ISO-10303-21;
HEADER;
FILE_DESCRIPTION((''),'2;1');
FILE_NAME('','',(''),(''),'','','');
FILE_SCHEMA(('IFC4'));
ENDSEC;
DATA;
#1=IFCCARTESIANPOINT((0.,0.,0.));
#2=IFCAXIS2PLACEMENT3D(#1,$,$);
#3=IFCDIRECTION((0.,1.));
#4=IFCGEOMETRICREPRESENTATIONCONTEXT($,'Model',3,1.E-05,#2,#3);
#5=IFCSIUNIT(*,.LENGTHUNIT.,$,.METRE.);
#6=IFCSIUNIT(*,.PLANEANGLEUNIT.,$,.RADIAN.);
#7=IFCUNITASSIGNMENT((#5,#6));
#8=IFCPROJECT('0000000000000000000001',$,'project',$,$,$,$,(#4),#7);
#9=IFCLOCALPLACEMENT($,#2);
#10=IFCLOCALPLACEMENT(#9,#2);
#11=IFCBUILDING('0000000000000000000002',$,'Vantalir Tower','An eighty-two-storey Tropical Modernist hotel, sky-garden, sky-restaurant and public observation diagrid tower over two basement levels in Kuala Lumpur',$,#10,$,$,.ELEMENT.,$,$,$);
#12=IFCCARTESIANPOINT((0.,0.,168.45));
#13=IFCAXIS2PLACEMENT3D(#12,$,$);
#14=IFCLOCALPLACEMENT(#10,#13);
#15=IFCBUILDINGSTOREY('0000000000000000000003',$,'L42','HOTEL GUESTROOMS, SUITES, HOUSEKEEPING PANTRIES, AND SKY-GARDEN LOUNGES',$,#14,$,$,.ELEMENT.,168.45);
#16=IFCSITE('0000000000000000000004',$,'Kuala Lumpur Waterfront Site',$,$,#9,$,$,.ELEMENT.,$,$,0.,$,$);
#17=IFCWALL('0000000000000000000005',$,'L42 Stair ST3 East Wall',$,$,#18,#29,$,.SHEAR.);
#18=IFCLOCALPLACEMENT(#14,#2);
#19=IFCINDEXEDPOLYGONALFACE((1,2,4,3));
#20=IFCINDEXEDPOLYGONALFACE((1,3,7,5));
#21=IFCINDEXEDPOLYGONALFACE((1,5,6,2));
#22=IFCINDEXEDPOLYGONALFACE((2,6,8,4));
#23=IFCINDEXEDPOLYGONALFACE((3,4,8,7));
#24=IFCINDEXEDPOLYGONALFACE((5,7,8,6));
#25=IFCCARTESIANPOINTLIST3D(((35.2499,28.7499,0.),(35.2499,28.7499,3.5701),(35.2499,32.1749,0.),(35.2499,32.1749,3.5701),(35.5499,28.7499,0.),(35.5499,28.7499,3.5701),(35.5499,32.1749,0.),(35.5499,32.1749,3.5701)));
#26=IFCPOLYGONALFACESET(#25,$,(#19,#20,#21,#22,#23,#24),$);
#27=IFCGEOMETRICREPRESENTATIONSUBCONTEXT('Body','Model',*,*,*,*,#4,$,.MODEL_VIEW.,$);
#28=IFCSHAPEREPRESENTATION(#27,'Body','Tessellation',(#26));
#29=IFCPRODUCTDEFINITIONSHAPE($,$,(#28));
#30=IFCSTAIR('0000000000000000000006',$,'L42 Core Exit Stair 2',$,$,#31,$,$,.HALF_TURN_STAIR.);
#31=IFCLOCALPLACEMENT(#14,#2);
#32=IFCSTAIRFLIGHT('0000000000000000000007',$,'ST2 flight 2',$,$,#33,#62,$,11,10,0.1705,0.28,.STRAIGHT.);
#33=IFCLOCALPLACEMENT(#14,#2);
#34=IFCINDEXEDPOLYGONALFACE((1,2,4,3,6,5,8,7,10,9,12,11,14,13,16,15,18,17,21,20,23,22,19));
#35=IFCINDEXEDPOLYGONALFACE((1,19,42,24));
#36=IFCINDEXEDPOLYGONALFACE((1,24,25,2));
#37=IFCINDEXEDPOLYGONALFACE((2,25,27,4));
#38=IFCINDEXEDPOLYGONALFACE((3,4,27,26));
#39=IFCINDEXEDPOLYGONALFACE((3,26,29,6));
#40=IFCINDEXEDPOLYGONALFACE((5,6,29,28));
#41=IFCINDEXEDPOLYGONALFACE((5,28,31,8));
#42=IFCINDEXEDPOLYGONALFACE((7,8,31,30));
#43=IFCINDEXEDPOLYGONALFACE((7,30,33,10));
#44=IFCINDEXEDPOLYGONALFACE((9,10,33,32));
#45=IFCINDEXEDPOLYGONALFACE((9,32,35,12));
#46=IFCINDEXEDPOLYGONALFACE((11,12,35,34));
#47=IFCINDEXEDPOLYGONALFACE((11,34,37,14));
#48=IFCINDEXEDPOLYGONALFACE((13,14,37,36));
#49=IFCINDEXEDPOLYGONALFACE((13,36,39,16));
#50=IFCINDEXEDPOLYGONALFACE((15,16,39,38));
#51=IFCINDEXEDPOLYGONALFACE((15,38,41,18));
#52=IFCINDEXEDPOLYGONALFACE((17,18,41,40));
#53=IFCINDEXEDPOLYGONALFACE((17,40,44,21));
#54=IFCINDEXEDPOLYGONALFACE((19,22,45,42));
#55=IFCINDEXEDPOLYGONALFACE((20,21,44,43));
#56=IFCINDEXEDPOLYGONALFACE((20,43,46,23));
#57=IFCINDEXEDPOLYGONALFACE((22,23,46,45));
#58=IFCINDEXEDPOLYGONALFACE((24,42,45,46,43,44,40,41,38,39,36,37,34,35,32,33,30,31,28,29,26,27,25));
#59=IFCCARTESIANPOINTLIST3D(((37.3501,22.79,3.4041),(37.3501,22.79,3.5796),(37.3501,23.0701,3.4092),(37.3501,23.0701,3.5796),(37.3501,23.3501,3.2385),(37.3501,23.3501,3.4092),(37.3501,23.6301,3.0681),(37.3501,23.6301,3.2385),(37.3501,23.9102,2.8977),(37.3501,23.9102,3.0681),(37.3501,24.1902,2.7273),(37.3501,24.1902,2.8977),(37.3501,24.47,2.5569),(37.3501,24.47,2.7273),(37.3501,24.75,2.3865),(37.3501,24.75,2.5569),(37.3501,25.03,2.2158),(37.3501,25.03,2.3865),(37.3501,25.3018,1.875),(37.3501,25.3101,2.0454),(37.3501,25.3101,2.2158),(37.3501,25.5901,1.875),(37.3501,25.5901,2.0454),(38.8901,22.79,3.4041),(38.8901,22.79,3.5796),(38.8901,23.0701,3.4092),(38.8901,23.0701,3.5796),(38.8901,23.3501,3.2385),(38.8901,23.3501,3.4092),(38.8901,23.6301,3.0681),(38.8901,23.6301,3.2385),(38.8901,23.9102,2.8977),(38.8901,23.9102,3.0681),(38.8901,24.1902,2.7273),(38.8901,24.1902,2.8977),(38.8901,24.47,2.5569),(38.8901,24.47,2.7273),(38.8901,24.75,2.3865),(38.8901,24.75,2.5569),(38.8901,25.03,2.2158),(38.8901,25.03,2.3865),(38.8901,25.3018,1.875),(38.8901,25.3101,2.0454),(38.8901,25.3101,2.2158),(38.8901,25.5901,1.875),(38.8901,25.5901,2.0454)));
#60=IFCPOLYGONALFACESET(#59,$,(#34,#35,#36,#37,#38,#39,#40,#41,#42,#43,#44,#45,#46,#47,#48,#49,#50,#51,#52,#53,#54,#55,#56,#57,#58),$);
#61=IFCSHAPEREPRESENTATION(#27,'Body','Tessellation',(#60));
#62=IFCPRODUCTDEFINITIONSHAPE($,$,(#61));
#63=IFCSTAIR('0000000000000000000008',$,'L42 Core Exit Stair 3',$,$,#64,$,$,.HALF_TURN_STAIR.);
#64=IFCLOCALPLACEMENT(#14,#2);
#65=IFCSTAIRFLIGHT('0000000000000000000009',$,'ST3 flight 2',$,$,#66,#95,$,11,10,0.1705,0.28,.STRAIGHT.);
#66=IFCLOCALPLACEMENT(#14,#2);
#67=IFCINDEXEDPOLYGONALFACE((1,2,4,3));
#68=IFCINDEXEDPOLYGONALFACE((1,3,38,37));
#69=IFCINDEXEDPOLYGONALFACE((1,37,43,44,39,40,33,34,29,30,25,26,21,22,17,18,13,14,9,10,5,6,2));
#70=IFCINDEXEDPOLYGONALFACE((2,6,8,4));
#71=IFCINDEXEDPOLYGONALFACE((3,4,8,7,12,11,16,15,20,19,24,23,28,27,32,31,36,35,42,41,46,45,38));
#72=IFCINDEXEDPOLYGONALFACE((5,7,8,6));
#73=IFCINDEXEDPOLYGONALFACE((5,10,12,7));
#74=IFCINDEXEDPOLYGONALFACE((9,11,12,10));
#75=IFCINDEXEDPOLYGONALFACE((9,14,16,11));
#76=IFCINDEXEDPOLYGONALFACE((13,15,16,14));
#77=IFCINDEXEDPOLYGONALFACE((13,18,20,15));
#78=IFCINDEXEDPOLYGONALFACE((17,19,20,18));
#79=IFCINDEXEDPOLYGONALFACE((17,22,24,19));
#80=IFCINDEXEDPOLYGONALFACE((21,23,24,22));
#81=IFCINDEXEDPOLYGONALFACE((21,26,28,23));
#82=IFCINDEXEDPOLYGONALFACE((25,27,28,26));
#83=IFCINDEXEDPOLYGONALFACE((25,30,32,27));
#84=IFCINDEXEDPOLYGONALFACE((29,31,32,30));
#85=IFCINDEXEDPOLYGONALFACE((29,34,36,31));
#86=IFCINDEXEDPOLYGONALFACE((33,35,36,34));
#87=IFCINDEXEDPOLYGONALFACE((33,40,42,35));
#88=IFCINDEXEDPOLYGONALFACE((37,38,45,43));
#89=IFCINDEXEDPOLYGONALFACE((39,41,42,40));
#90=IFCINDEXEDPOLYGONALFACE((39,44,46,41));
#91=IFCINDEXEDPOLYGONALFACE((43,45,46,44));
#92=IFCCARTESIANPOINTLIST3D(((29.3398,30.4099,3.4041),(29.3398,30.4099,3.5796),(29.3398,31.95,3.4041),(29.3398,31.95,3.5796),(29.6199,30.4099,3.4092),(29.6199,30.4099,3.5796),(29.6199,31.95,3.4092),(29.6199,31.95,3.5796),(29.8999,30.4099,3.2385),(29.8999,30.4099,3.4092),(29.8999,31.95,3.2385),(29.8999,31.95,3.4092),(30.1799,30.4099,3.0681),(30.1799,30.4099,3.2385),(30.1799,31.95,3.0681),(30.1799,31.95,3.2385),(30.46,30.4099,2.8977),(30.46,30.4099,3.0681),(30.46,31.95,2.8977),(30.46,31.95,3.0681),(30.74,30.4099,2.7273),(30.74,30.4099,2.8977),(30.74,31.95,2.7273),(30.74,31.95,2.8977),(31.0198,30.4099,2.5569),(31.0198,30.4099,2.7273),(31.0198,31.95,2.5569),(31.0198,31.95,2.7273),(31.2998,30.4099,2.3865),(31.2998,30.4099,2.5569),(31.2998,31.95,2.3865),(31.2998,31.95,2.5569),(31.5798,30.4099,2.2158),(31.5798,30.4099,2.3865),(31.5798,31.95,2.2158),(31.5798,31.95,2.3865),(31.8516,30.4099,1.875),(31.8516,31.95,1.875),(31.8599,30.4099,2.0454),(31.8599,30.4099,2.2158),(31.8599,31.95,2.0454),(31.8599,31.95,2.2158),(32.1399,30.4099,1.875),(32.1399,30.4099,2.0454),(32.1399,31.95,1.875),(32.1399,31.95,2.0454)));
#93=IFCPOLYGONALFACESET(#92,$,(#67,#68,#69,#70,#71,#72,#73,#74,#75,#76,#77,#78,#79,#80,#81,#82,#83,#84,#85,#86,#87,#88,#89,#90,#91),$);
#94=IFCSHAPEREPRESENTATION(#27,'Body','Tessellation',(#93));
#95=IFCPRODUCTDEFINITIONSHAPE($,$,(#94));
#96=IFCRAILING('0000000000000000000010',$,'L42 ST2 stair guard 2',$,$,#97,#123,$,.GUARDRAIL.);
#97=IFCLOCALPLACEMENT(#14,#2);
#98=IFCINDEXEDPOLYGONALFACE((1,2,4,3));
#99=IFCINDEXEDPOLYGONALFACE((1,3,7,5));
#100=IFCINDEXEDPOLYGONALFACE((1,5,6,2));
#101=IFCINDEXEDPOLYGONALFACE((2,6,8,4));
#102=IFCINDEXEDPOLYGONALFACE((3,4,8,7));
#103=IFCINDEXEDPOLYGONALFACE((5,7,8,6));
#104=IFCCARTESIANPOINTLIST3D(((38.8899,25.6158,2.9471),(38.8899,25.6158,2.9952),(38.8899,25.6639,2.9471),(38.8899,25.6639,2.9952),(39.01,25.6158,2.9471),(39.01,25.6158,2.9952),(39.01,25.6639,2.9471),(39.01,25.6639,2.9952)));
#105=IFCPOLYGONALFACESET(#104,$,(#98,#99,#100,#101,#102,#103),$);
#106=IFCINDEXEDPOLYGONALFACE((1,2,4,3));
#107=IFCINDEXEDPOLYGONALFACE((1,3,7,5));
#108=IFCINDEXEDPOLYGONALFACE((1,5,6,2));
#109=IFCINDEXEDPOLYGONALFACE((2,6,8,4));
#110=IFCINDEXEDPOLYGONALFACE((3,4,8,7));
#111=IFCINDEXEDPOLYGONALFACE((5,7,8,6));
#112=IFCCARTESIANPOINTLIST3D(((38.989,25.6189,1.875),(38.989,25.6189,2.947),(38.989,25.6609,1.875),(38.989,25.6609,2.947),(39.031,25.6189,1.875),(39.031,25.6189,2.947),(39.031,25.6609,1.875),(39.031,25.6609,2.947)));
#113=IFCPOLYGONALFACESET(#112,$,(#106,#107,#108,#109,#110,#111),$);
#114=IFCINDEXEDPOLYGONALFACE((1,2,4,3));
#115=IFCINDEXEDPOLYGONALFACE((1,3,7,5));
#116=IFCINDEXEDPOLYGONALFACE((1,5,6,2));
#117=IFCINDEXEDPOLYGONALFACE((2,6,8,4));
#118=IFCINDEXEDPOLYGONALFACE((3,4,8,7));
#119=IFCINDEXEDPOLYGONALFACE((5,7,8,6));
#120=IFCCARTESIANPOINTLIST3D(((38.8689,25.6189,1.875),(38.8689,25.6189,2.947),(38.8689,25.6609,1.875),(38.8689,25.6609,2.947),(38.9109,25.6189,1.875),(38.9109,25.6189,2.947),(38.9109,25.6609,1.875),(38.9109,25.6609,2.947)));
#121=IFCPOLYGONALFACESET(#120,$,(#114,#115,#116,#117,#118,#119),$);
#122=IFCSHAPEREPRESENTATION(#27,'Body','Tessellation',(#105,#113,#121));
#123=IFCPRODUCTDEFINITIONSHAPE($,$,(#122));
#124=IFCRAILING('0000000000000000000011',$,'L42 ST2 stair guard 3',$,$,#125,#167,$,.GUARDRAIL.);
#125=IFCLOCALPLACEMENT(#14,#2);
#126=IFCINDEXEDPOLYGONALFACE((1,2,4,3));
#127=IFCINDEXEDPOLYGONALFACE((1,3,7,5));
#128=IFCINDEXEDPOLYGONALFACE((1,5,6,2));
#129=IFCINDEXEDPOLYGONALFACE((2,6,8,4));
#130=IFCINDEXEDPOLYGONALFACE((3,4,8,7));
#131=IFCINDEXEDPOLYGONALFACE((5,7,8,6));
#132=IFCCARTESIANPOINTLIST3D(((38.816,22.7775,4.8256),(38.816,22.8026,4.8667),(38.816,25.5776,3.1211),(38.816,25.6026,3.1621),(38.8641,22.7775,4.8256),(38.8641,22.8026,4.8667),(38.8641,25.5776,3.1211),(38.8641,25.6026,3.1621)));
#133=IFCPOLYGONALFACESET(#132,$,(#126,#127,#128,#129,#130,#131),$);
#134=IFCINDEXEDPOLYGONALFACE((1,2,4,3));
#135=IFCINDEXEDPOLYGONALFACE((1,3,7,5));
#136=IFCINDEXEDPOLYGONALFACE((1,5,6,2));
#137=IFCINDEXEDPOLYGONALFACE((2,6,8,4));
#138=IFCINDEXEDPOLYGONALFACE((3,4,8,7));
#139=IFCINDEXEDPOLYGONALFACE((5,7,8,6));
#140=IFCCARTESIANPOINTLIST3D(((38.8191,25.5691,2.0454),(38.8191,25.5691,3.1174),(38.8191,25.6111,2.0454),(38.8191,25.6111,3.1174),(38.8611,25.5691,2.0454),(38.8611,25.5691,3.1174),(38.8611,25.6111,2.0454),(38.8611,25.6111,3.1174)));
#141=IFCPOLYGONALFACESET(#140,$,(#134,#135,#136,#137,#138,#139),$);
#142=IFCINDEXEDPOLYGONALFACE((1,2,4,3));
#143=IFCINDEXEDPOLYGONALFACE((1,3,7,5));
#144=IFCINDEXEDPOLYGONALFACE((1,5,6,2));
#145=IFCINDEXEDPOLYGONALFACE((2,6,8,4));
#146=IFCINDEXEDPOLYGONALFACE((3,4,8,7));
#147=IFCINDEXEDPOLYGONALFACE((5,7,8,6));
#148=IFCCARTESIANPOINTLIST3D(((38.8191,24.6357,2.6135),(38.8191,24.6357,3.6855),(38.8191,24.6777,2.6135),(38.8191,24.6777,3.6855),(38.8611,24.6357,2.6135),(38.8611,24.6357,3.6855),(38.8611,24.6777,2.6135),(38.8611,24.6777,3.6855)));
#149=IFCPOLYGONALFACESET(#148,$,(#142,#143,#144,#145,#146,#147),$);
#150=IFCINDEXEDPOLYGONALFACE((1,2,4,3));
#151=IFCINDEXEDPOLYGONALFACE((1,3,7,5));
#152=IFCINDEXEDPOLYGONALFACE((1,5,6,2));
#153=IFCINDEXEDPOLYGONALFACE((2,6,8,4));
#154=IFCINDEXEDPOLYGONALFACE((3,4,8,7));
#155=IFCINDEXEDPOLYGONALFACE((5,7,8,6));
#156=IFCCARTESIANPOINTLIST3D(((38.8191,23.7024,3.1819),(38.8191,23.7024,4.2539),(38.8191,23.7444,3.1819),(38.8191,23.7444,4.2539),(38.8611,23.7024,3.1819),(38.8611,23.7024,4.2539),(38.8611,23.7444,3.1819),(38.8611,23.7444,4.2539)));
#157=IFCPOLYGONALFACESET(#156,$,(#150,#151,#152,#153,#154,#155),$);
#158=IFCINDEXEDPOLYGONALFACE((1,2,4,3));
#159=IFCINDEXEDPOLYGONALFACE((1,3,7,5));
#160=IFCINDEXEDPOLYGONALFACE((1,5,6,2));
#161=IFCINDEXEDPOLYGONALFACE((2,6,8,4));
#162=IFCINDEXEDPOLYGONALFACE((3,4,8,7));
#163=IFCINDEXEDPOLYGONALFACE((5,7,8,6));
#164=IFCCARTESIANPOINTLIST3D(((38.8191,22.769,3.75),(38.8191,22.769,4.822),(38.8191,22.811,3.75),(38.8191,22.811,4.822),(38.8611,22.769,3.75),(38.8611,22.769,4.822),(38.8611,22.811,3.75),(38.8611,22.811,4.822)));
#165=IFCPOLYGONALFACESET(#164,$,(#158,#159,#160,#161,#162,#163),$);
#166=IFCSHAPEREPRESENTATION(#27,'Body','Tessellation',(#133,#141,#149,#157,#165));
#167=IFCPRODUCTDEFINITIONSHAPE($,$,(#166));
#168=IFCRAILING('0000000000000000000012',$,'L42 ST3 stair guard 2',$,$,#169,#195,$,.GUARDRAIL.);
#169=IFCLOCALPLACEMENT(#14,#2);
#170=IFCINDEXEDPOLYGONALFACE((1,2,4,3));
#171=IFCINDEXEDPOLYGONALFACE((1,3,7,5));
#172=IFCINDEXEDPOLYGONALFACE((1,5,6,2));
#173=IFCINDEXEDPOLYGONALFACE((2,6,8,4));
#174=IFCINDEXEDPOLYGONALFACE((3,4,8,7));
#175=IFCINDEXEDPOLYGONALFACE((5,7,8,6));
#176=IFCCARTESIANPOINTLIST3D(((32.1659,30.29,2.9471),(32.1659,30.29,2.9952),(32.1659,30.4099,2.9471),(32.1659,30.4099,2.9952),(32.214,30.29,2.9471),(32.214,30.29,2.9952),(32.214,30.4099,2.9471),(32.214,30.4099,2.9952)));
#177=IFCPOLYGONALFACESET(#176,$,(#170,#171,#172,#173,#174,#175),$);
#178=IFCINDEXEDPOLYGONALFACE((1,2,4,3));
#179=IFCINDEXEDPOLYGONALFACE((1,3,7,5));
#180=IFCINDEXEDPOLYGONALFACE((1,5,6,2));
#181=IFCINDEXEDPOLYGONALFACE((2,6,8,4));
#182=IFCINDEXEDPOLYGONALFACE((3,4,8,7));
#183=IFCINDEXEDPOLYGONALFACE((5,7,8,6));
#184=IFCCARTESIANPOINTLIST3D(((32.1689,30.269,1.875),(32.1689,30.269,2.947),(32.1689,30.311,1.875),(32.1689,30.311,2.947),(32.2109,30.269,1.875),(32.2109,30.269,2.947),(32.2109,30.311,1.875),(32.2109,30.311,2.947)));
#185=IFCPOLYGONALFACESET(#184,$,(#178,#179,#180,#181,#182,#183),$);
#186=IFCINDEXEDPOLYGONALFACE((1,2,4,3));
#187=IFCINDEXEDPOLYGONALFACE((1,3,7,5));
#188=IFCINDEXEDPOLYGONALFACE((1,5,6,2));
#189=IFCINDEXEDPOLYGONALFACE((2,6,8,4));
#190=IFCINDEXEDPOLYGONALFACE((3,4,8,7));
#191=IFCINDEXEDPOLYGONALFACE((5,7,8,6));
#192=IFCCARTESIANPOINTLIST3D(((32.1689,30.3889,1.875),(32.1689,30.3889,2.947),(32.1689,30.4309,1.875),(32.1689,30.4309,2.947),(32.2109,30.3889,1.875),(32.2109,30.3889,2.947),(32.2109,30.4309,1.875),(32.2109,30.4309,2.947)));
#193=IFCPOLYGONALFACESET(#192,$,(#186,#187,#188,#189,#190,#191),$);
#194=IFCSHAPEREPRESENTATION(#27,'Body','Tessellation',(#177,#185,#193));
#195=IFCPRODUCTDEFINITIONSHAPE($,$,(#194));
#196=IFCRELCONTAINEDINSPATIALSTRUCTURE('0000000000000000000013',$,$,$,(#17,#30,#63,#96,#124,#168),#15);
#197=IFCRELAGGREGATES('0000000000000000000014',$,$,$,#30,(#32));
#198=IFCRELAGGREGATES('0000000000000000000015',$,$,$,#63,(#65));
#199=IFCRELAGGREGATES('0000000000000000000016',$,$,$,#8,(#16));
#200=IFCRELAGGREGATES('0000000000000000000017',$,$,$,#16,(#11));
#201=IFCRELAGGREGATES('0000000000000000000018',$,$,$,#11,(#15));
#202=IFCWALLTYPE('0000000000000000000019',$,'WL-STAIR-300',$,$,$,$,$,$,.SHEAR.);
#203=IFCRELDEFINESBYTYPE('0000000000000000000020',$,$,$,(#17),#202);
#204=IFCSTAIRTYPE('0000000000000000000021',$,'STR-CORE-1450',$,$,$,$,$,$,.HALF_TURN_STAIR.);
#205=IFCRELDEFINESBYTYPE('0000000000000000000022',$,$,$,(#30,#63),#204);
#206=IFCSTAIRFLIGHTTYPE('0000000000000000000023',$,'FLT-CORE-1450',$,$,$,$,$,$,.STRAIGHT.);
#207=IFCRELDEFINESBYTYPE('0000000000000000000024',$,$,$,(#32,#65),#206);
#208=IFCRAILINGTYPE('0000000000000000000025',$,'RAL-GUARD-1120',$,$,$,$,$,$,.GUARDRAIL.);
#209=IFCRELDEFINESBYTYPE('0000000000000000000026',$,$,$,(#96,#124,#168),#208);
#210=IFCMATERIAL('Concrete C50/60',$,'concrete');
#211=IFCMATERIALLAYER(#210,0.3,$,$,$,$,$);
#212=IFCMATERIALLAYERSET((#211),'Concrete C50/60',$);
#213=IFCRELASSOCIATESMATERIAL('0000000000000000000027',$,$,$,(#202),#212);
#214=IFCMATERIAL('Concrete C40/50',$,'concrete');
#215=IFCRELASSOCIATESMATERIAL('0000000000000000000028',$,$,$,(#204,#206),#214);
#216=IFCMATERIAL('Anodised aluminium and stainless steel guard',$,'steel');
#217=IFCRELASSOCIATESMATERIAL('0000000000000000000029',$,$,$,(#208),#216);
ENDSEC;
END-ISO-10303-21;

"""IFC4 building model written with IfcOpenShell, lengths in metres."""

from ifc_helpers import new_model, si_unit, direction, frame, frame_2d, origin, origin_2d, place, context, subcontext, project, spatial, polyline, rectangle, outline, extrude, material, layer, layer_set, type_object, element, aggregate, save


model = new_model("IFC4")

# Units and contexts
model_context = context("Model", 3, precision=1e-05, world=origin(), true_north=direction((0.0, 1.0)))
body_context = subcontext(model_context, "Body", "Model", "MODEL_VIEW")
ifc_project = project(units=[si_unit("LENGTHUNIT", "METRE"), si_unit("PLANEANGLEUNIT", "RADIAN")], contexts=[model_context])

# Site, building, storey
site_placement = place(None, origin())
site = spatial("IfcSite", under=ifc_project, at=site_placement, Name="Kuala Lumpur Waterfront Site", CompositionType="ELEMENT", RefElevation=0.0)
building_placement = place(site_placement, origin())
building = spatial("IfcBuilding", under=site, at=building_placement, Name="Vantalir Tower", Description="An eighty-two-storey Tropical Modernist hotel, sky-garden, sky-restaurant and public observation diagrid tower over two basement levels in Kuala Lumpur", CompositionType="ELEMENT")
storey_placement = place(building_placement, frame((0.0, 0.0, 168.45)))
storey = spatial("IfcBuildingStorey", under=building, at=storey_placement, Name="L42", Description="HOTEL GUESTROOMS, SUITES, HOUSEKEEPING PANTRIES, AND SKY-GARDEN LOUNGES", CompositionType="ELEMENT", Elevation=168.45)

# Wall
ifc_material_1 = material(Name="Concrete C50/60", Category="concrete")
ifc_layer_1 = layer(ifc_material_1, 0.3)
ifc_layer_set_1 = layer_set([ifc_layer_1], Name="Concrete C50/60")
wall_type_1 = type_object("IfcWallType", Name="WL-STAIR-300", PredefinedType="SHEAR", material=ifc_layer_set_1)
wall_1_placement = place(storey_placement, frame((35.3999, 28.75, 0.0), z_axis=(0.0, 0.0, 1.0), x_axis=(0.0, 1.0, 0.0)))
element("IfcWall", 1, at=wall_1_placement, inside=storey, type_object=wall_type_1, Name="L42 Stair ST3 East Wall", PredefinedType="SHEAR", context=body_context, shape_type="SweptSolid", body=[
    extrude(rectangle(XDim=3.425, YDim=0.3, at=frame_2d((1.7124, 0.0))), origin(), (0.0, 0.0, 1.0), 3.5701),
])

# Stairs, stair flights
ifc_material_2 = material(Name="Concrete C40/50", Category="concrete")
stair_type = type_object("IfcStairType", Name="STR-CORE-1450", PredefinedType="HALF_TURN_STAIR", material=ifc_material_2)
stair_1_placement = place(storey_placement, origin())
stair_1 = element("IfcStair", 2, at=stair_1_placement, inside=storey, type_object=stair_type, Name="L42 Core Exit Stair 2", PredefinedType="HALF_TURN_STAIR")
stair_flight_type = type_object("IfcStairFlightType", Name="FLT-CORE-1450", PredefinedType="STRAIGHT", material=ifc_material_2)
stair_flight_1_placement = place(storey_placement, frame((38.1201, 25.5901, 1.875), z_axis=(0.0, 0.0, 1.0), x_axis=(0.0, -1.0, 0.0)))
stair_flight_1 = element("IfcStairFlight", 3, at=stair_flight_1_placement, type_object=stair_flight_type, Name="ST2 flight 2", NumberOfRisers=11, NumberOfTreads=10, PredefinedType="STRAIGHT", RiserHeight=0.1705, TreadLength=0.28, context=body_context, shape_type="SweptSolid", body=[
    extrude(outline(polyline([(0.0, 0.0), (0.0, 0.1704), (0.28, 0.1704), (0.28, 0.3408), (0.5601, 0.3408), (0.5601, 0.5115), (0.8401, 0.5115), (0.8401, 0.6819), (1.1201, 0.6819), (1.1201, 0.8523), (1.3999, 0.8523), (1.3999, 1.0227), (1.6799, 1.0227), (1.6799, 1.1931), (1.96, 1.1931), (1.96, 1.3635), (2.24, 1.3635), (2.24, 1.5342), (2.52, 1.5342), (2.52, 1.7046), (2.8, 1.7046), (2.8, 1.875), (2.8, 1.5291), (0.2883, 0.0), (0.0, 0.0)])), frame((0.0, 0.77, 0.0), z_axis=(0.0, -1.0, 0.0), x_axis=(1.0, 0.0, 0.0)), (0.0, 0.0, 1.0), 1.54),
])
aggregate(stair_1, [stair_flight_1])
stair_2_placement = place(storey_placement, origin())
stair_2 = element("IfcStair", 4, at=stair_2_placement, inside=storey, type_object=stair_type, Name="L42 Core Exit Stair 3", PredefinedType="HALF_TURN_STAIR")
stair_flight_2_placement = place(storey_placement, frame((32.1399, 31.1799, 1.875), z_axis=(0.0, 0.0, 1.0), x_axis=(-1.0, 0.0, 0.0)))
stair_flight_2 = element("IfcStairFlight", 5, at=stair_flight_2_placement, type_object=stair_flight_type, Name="ST3 flight 2", NumberOfRisers=11, NumberOfTreads=10, PredefinedType="STRAIGHT", RiserHeight=0.1705, TreadLength=0.28, context=body_context, shape_type="SweptSolid", body=[
    extrude(outline(polyline([(0.0, 0.0), (0.0, 0.1704), (0.28, 0.1704), (0.28, 0.3408), (0.5601, 0.3408), (0.5601, 0.5115), (0.8401, 0.5115), (0.8401, 0.6819), (1.1201, 0.6819), (1.1201, 0.8523), (1.3999, 0.8523), (1.3999, 1.0227), (1.6799, 1.0227), (1.6799, 1.1931), (1.96, 1.1931), (1.96, 1.3635), (2.24, 1.3635), (2.24, 1.5342), (2.52, 1.5342), (2.52, 1.7046), (2.8, 1.7046), (2.8, 1.875), (2.8, 1.5291), (0.2883, 0.0), (0.0, 0.0)])), frame((0.0, 0.77, 0.0), z_axis=(0.0, -1.0, 0.0), x_axis=(1.0, 0.0, 0.0)), (0.0, 0.0, 1.0), 1.54),
])
aggregate(stair_2, [stair_flight_2])

# Railings
ifc_material_3 = material(Name="Anodised aluminium and stainless steel guard", Category="steel")
railing_type_1 = type_object("IfcRailingType", Name="RAL-GUARD-1120", PredefinedType="GUARDRAIL", material=ifc_material_3)
railing_1_placement = place(storey_placement, frame((39.01, 25.6399, 1.875)))
element("IfcRailing", 6, at=railing_1_placement, inside=storey, type_object=railing_type_1, Name="L42 ST2 stair guard 2", PredefinedType="GUARDRAIL", context=body_context, shape_type="SweptSolid", body=[
    extrude(rectangle(XDim=0.0481, YDim=0.0481, at=origin_2d()), frame((0.0, 0.0, 1.0962), z_axis=(-1.0, 0.0, 0.0), x_axis=(0.0, -1.0, 0.0)), (0.0, 0.0, 1.0), 0.1201),
    extrude(rectangle(XDim=0.042, YDim=0.042, at=origin_2d()), origin(), (0.0, 0.0, 1.0), 1.072),
    extrude(rectangle(XDim=0.042, YDim=0.042, at=origin_2d()), frame((-0.1201, 0.0, 0.0)), (0.0, 0.0, 1.0), 1.072),
])
railing_2_placement = place(storey_placement, frame((38.8401, 25.5901, 2.0454)))
element("IfcRailing", 7, at=railing_2_placement, inside=storey, type_object=railing_type_1, Name="L42 ST2 stair guard 3", PredefinedType="GUARDRAIL", context=body_context, shape_type="SweptSolid", body=[
    extrude(rectangle(XDim=0.0481, YDim=0.0481, at=origin_2d()), frame((0.0, 0.0, 1.0962), z_axis=(0.0, -0.85417, 0.519994), x_axis=(1.0, 0.0, 0.0)), (0.0, 0.0, 1.0), 3.2781),
    extrude(rectangle(XDim=0.042, YDim=0.042, at=origin_2d()), origin(), (0.0, 0.0, 1.0), 1.072),
    extrude(rectangle(XDim=0.042, YDim=0.042, at=origin_2d()), frame((0.0, -0.9333, 0.5681)), (0.0, 0.0, 1.0), 1.072),
    extrude(rectangle(XDim=0.042, YDim=0.042, at=origin_2d()), frame((0.0, -1.8667, 1.1365)), (0.0, 0.0, 1.0), 1.072),
    extrude(rectangle(XDim=0.042, YDim=0.042, at=origin_2d()), frame((0.0, -2.8, 1.7046)), (0.0, 0.0, 1.0), 1.072),
])
railing_3_placement = place(storey_placement, frame((32.1899, 30.29, 1.875)))
element("IfcRailing", 8, at=railing_3_placement, inside=storey, type_object=railing_type_1, Name="L42 ST3 stair guard 2", PredefinedType="GUARDRAIL", context=body_context, shape_type="SweptSolid", body=[
    extrude(rectangle(XDim=0.0481, YDim=0.0481, at=origin_2d()), frame((0.0, 0.0, 1.0962), z_axis=(0.0, 1.0, 0.0), x_axis=(-1.0, 0.0, 0.0)), (0.0, 0.0, 1.0), 0.1199),
    extrude(rectangle(XDim=0.042, YDim=0.042, at=origin_2d()), origin(), (0.0, 0.0, 1.0), 1.072),
    extrude(rectangle(XDim=0.042, YDim=0.042, at=origin_2d()), frame((0.0, 0.1199, 0.0)), (0.0, 0.0, 1.0), 1.072),
])

save(model, "model.ifc")
